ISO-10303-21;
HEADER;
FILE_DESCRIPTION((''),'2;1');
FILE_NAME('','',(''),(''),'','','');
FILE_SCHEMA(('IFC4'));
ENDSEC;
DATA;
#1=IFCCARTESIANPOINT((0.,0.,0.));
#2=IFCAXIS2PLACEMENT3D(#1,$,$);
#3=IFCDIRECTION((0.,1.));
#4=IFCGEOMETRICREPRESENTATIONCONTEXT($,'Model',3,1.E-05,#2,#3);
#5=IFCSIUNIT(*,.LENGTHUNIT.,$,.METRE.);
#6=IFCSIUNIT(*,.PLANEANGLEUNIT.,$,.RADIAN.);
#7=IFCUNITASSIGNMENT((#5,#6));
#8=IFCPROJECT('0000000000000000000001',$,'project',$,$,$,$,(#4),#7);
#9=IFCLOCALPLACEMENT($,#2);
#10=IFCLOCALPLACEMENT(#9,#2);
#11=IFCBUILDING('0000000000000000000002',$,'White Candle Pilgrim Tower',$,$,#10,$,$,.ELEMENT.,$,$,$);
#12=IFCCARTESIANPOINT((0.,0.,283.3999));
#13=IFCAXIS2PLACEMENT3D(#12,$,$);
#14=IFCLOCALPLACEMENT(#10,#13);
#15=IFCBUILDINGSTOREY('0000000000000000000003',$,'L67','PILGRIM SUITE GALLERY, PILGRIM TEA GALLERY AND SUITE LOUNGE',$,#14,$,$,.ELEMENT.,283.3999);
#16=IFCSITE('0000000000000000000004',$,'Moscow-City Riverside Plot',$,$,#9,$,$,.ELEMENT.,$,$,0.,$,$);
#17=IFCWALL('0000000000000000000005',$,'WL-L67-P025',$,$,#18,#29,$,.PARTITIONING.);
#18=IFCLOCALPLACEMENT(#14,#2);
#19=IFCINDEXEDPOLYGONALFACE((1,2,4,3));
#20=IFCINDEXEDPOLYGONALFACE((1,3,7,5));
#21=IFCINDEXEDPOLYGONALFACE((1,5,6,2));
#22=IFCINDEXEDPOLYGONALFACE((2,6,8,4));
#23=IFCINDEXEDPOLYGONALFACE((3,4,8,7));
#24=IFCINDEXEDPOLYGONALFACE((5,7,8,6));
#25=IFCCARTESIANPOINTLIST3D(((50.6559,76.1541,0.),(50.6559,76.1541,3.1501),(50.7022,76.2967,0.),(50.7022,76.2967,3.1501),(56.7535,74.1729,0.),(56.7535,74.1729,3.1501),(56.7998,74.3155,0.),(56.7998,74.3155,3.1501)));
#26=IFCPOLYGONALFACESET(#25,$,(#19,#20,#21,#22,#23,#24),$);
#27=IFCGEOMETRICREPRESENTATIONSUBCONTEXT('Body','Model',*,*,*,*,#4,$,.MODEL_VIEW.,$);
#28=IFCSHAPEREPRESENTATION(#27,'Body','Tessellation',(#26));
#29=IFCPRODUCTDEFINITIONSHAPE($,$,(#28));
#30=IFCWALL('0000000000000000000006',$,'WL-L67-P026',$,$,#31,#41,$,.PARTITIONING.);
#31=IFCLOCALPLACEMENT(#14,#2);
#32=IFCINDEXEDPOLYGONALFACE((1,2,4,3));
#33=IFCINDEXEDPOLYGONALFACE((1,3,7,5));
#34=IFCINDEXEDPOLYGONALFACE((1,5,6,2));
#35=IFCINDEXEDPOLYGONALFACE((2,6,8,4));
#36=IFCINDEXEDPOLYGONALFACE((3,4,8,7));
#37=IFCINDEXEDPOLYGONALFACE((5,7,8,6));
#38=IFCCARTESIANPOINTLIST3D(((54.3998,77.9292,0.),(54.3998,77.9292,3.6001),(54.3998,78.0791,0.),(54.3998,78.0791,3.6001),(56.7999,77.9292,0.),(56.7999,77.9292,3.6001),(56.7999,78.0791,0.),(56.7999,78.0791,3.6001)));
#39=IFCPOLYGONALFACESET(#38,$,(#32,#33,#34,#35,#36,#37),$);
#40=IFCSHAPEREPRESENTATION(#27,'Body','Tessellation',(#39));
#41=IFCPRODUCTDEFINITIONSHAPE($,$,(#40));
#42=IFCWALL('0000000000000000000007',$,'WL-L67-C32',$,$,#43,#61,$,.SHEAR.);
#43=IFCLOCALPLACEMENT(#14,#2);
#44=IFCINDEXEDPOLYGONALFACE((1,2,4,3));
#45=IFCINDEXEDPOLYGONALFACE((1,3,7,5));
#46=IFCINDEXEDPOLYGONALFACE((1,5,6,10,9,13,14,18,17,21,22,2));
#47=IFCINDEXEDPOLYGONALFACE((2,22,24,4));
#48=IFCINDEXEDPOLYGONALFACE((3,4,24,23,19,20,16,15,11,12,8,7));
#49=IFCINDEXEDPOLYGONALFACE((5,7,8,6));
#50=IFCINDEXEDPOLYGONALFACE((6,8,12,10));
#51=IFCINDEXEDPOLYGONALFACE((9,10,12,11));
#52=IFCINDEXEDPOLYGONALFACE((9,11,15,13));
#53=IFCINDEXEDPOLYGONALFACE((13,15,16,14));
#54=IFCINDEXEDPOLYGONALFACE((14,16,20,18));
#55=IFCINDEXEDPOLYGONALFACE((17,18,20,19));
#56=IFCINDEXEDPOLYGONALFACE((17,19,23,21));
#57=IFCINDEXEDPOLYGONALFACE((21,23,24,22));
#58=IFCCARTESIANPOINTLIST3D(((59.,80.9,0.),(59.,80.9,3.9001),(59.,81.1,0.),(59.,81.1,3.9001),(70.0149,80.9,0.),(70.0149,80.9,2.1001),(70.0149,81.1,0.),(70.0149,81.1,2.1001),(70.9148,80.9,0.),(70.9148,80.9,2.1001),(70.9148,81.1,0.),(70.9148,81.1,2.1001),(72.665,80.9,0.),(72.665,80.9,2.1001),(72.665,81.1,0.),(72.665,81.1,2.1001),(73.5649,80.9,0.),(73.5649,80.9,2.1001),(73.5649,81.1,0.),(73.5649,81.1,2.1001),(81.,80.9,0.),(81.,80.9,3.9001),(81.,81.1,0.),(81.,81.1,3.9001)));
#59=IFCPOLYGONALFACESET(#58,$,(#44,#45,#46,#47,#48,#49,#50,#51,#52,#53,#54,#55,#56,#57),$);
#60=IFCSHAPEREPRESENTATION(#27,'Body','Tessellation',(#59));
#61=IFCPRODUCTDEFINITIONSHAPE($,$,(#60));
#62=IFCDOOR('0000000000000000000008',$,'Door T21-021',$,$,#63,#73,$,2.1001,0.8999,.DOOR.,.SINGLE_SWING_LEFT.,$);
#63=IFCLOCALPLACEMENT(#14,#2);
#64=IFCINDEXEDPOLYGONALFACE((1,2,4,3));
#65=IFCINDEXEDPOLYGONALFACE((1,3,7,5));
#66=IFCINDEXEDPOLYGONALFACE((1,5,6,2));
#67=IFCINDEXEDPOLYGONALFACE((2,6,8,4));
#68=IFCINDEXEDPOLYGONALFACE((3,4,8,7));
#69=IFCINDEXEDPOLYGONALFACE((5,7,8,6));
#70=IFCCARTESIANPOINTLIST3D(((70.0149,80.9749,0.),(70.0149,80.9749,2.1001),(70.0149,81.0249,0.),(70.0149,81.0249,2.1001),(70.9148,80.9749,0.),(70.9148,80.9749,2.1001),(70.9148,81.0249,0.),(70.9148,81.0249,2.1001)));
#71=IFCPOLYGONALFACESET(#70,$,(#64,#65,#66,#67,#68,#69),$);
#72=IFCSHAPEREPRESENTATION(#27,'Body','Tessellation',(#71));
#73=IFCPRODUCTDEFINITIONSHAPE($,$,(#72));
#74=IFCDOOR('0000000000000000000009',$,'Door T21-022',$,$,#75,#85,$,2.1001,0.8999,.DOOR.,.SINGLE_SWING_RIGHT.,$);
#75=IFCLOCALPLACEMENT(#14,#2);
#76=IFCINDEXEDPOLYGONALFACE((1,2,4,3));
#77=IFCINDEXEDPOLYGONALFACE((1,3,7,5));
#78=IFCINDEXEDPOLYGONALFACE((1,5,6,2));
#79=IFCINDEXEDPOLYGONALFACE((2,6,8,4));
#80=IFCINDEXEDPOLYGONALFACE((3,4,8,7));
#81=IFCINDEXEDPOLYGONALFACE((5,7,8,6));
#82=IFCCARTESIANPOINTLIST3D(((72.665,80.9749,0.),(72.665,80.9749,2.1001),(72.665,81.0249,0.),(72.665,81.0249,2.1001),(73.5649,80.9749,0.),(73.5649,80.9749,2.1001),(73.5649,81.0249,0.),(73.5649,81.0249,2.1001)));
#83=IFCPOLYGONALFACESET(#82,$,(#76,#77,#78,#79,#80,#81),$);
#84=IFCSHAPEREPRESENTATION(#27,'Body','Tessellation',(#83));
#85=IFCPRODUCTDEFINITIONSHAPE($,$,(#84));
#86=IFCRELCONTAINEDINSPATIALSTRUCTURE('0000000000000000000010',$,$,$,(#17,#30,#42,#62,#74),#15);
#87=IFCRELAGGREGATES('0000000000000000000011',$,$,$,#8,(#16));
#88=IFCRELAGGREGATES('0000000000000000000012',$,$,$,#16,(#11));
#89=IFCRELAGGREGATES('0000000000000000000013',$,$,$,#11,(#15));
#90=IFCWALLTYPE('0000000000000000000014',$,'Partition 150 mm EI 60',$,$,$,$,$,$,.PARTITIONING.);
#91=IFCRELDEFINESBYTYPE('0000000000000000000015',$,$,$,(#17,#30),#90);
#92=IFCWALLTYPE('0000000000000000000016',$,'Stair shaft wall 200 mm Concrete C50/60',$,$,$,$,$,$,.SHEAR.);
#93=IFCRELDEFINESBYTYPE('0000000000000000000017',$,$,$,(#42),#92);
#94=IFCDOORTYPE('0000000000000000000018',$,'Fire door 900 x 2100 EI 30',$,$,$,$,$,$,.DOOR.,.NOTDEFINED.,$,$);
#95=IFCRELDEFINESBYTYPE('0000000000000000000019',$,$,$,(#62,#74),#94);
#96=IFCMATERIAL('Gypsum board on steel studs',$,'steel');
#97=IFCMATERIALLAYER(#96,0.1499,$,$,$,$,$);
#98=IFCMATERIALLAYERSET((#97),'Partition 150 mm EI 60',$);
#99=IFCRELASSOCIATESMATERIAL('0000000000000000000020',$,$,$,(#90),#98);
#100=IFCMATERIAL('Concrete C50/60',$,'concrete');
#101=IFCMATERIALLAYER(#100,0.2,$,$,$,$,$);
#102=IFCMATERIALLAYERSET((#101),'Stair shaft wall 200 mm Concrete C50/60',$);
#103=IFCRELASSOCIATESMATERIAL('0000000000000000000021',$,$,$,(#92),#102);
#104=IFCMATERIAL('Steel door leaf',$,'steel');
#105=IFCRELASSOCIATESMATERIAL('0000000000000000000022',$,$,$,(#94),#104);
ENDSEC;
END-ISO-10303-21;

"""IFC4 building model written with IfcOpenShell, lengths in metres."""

from ifc_helpers import new_model, si_unit, direction, frame, frame_2d, origin, place, context, subcontext, project, spatial, rectangle, extrude, material, layer, layer_set, type_object, element, fill, save


model = new_model("IFC4")

# Units and contexts
model_context = context("Model", 3, precision=1e-05, world=origin(), true_north=direction((0.0, 1.0)))
body_context = subcontext(model_context, "Body", "Model", "MODEL_VIEW")
ifc_project = project(units=[si_unit("LENGTHUNIT", "METRE"), si_unit("PLANEANGLEUNIT", "RADIAN")], contexts=[model_context])

# Site, building, storey
site_placement = place(None, origin())
site = spatial("IfcSite", under=ifc_project, at=site_placement, Name="Moscow-City Riverside Plot", CompositionType="ELEMENT", RefElevation=0.0)
building_placement = place(site_placement, origin())
building = spatial("IfcBuilding", under=site, at=building_placement, Name="White Candle Pilgrim Tower", CompositionType="ELEMENT")
storey_placement = place(building_placement, frame((0.0, 0.0, 283.3999)))
storey = spatial("IfcBuildingStorey", under=building, at=storey_placement, Name="L67", Description="PILGRIM SUITE GALLERY, PILGRIM TEA GALLERY AND SUITE LOUNGE", CompositionType="ELEMENT", Elevation=283.3999)

# Shared definitions
ifc_material_1 = material(Name="Concrete C50/60", Category="concrete")

# Walls
ifc_material_2 = material(Name="Gypsum board on steel studs", Category="steel")
ifc_layer_1 = layer(ifc_material_2, 0.1499)
ifc_layer_set_1 = layer_set([ifc_layer_1], Name="Partition 150 mm EI 60")
wall_type_1 = type_object("IfcWallType", Name="Partition 150 mm EI 60", PredefinedType="PARTITIONING", material=ifc_layer_set_1)
wall_1_placement = place(storey_placement, frame((50.6792, 76.2253, 0.0), z_axis=(0.0, 0.0, 1.0), x_axis=(0.951059, -0.30901, 0.0)))
element("IfcWall", 1, at=wall_1_placement, inside=storey, type_object=wall_type_1, Name="WL-L67-P025", PredefinedType="PARTITIONING", context=body_context, shape_type="SweptSolid", body=[
    extrude(rectangle(XDim=6.4114, YDim=0.1499, at=frame_2d((3.2056, 0.0))), origin(), (0.0, 0.0, 1.0), 3.1501),
])
wall_2_placement = place(storey_placement, frame((56.8, 78.0042, 0.0), z_axis=(0.0, 0.0, 1.0), x_axis=(-1.0, 0.0, 0.0)))
element("IfcWall", 2, at=wall_2_placement, inside=storey, type_object=wall_type_1, Name="WL-L67-P026", PredefinedType="PARTITIONING", context=body_context, shape_type="SweptSolid", body=[
    extrude(rectangle(XDim=2.4001, YDim=0.1499, at=frame_2d((1.2002, 0.0))), origin(), (0.0, 0.0, 1.0), 3.6001),
])

# Wall, openings, doors
ifc_layer_2 = layer(ifc_material_1, 0.2)
ifc_layer_set_2 = layer_set([ifc_layer_2], Name="Stair shaft wall 200 mm Concrete C50/60")
wall_type_2 = type_object("IfcWallType", Name="Stair shaft wall 200 mm Concrete C50/60", PredefinedType="SHEAR", material=ifc_layer_set_2)
wall_3_placement = place(storey_placement, frame((59.0, 81.0, 0.0), z_axis=(0.0, 0.0, 1.0), x_axis=(1.0, 0.0, 0.0)))
wall_3 = element("IfcWall", 3, at=wall_3_placement, inside=storey, type_object=wall_type_2, Name="WL-L67-C32", PredefinedType="SHEAR", context=body_context, shape_type="SweptSolid", body=[
    extrude(rectangle(XDim=22.0, YDim=0.2, at=frame_2d((11.0, 0.0))), origin(), (0.0, 0.0, 1.0), 3.9001),
])
opening_1_placement = place(wall_3_placement, frame((11.0149, 0.0, 0.0)))
opening_1 = element("IfcOpeningElement", 4, at=opening_1_placement, cuts=wall_3, PredefinedType="OPENING", context=body_context, shape_type="SweptSolid", body=[
    extrude(rectangle(XDim=0.8999, YDim=2.1001, at=frame_2d((0.45, 1.05))), frame((0.0, 0.1099, 0.0), z_axis=(0.0, -1.0, 0.0), x_axis=(1.0, 0.0, 0.0)), (0.0, 0.0, 1.0), 0.22),
])
opening_2_placement = place(wall_3_placement, frame((13.665, 0.0, 0.0)))
opening_2 = element("IfcOpeningElement", 5, at=opening_2_placement, cuts=wall_3, PredefinedType="OPENING", context=body_context, shape_type="SweptSolid", body=[
    extrude(rectangle(XDim=0.8999, YDim=2.1001, at=frame_2d((0.45, 1.05))), frame((0.0, 0.1099, 0.0), z_axis=(0.0, -1.0, 0.0), x_axis=(1.0, 0.0, 0.0)), (0.0, 0.0, 1.0), 0.22),
])
ifc_material_3 = material(Name="Steel door leaf", Category="steel")
door_type_1 = type_object("IfcDoorType", Name="Fire door 900 x 2100 EI 30", OperationType="NOTDEFINED", PredefinedType="DOOR", material=ifc_material_3)
door_1_placement = place(opening_1_placement, origin())
door_1 = element("IfcDoor", 6, at=door_1_placement, inside=storey, type_object=door_type_1, Name="Door T21-021", OperationType="SINGLE_SWING_LEFT", OverallHeight=2.1001, OverallWidth=0.8999, PredefinedType="DOOR", context=body_context, shape_type="SweptSolid", body=[
    extrude(rectangle(XDim=0.8999, YDim=2.1001, at=frame_2d((0.45, 1.05))), frame((0.0, 0.0249, 0.0), z_axis=(0.0, -1.0, 0.0), x_axis=(1.0, 0.0, 0.0)), (0.0, 0.0, 1.0), 0.05),
])
fill(opening_1, door_1)
door_2_placement = place(opening_2_placement, origin())
door_2 = element("IfcDoor", 7, at=door_2_placement, inside=storey, type_object=door_type_1, Name="Door T21-022", OperationType="SINGLE_SWING_RIGHT", OverallHeight=2.1001, OverallWidth=0.8999, PredefinedType="DOOR", context=body_context, shape_type="SweptSolid", body=[
    extrude(rectangle(XDim=0.8999, YDim=2.1001, at=frame_2d((0.45, 1.05))), frame((0.0, 0.0249, 0.0), z_axis=(0.0, -1.0, 0.0), x_axis=(1.0, 0.0, 0.0)), (0.0, 0.0, 1.0), 0.05),
])
fill(opening_2, door_2)

save(model, "model.ifc")
